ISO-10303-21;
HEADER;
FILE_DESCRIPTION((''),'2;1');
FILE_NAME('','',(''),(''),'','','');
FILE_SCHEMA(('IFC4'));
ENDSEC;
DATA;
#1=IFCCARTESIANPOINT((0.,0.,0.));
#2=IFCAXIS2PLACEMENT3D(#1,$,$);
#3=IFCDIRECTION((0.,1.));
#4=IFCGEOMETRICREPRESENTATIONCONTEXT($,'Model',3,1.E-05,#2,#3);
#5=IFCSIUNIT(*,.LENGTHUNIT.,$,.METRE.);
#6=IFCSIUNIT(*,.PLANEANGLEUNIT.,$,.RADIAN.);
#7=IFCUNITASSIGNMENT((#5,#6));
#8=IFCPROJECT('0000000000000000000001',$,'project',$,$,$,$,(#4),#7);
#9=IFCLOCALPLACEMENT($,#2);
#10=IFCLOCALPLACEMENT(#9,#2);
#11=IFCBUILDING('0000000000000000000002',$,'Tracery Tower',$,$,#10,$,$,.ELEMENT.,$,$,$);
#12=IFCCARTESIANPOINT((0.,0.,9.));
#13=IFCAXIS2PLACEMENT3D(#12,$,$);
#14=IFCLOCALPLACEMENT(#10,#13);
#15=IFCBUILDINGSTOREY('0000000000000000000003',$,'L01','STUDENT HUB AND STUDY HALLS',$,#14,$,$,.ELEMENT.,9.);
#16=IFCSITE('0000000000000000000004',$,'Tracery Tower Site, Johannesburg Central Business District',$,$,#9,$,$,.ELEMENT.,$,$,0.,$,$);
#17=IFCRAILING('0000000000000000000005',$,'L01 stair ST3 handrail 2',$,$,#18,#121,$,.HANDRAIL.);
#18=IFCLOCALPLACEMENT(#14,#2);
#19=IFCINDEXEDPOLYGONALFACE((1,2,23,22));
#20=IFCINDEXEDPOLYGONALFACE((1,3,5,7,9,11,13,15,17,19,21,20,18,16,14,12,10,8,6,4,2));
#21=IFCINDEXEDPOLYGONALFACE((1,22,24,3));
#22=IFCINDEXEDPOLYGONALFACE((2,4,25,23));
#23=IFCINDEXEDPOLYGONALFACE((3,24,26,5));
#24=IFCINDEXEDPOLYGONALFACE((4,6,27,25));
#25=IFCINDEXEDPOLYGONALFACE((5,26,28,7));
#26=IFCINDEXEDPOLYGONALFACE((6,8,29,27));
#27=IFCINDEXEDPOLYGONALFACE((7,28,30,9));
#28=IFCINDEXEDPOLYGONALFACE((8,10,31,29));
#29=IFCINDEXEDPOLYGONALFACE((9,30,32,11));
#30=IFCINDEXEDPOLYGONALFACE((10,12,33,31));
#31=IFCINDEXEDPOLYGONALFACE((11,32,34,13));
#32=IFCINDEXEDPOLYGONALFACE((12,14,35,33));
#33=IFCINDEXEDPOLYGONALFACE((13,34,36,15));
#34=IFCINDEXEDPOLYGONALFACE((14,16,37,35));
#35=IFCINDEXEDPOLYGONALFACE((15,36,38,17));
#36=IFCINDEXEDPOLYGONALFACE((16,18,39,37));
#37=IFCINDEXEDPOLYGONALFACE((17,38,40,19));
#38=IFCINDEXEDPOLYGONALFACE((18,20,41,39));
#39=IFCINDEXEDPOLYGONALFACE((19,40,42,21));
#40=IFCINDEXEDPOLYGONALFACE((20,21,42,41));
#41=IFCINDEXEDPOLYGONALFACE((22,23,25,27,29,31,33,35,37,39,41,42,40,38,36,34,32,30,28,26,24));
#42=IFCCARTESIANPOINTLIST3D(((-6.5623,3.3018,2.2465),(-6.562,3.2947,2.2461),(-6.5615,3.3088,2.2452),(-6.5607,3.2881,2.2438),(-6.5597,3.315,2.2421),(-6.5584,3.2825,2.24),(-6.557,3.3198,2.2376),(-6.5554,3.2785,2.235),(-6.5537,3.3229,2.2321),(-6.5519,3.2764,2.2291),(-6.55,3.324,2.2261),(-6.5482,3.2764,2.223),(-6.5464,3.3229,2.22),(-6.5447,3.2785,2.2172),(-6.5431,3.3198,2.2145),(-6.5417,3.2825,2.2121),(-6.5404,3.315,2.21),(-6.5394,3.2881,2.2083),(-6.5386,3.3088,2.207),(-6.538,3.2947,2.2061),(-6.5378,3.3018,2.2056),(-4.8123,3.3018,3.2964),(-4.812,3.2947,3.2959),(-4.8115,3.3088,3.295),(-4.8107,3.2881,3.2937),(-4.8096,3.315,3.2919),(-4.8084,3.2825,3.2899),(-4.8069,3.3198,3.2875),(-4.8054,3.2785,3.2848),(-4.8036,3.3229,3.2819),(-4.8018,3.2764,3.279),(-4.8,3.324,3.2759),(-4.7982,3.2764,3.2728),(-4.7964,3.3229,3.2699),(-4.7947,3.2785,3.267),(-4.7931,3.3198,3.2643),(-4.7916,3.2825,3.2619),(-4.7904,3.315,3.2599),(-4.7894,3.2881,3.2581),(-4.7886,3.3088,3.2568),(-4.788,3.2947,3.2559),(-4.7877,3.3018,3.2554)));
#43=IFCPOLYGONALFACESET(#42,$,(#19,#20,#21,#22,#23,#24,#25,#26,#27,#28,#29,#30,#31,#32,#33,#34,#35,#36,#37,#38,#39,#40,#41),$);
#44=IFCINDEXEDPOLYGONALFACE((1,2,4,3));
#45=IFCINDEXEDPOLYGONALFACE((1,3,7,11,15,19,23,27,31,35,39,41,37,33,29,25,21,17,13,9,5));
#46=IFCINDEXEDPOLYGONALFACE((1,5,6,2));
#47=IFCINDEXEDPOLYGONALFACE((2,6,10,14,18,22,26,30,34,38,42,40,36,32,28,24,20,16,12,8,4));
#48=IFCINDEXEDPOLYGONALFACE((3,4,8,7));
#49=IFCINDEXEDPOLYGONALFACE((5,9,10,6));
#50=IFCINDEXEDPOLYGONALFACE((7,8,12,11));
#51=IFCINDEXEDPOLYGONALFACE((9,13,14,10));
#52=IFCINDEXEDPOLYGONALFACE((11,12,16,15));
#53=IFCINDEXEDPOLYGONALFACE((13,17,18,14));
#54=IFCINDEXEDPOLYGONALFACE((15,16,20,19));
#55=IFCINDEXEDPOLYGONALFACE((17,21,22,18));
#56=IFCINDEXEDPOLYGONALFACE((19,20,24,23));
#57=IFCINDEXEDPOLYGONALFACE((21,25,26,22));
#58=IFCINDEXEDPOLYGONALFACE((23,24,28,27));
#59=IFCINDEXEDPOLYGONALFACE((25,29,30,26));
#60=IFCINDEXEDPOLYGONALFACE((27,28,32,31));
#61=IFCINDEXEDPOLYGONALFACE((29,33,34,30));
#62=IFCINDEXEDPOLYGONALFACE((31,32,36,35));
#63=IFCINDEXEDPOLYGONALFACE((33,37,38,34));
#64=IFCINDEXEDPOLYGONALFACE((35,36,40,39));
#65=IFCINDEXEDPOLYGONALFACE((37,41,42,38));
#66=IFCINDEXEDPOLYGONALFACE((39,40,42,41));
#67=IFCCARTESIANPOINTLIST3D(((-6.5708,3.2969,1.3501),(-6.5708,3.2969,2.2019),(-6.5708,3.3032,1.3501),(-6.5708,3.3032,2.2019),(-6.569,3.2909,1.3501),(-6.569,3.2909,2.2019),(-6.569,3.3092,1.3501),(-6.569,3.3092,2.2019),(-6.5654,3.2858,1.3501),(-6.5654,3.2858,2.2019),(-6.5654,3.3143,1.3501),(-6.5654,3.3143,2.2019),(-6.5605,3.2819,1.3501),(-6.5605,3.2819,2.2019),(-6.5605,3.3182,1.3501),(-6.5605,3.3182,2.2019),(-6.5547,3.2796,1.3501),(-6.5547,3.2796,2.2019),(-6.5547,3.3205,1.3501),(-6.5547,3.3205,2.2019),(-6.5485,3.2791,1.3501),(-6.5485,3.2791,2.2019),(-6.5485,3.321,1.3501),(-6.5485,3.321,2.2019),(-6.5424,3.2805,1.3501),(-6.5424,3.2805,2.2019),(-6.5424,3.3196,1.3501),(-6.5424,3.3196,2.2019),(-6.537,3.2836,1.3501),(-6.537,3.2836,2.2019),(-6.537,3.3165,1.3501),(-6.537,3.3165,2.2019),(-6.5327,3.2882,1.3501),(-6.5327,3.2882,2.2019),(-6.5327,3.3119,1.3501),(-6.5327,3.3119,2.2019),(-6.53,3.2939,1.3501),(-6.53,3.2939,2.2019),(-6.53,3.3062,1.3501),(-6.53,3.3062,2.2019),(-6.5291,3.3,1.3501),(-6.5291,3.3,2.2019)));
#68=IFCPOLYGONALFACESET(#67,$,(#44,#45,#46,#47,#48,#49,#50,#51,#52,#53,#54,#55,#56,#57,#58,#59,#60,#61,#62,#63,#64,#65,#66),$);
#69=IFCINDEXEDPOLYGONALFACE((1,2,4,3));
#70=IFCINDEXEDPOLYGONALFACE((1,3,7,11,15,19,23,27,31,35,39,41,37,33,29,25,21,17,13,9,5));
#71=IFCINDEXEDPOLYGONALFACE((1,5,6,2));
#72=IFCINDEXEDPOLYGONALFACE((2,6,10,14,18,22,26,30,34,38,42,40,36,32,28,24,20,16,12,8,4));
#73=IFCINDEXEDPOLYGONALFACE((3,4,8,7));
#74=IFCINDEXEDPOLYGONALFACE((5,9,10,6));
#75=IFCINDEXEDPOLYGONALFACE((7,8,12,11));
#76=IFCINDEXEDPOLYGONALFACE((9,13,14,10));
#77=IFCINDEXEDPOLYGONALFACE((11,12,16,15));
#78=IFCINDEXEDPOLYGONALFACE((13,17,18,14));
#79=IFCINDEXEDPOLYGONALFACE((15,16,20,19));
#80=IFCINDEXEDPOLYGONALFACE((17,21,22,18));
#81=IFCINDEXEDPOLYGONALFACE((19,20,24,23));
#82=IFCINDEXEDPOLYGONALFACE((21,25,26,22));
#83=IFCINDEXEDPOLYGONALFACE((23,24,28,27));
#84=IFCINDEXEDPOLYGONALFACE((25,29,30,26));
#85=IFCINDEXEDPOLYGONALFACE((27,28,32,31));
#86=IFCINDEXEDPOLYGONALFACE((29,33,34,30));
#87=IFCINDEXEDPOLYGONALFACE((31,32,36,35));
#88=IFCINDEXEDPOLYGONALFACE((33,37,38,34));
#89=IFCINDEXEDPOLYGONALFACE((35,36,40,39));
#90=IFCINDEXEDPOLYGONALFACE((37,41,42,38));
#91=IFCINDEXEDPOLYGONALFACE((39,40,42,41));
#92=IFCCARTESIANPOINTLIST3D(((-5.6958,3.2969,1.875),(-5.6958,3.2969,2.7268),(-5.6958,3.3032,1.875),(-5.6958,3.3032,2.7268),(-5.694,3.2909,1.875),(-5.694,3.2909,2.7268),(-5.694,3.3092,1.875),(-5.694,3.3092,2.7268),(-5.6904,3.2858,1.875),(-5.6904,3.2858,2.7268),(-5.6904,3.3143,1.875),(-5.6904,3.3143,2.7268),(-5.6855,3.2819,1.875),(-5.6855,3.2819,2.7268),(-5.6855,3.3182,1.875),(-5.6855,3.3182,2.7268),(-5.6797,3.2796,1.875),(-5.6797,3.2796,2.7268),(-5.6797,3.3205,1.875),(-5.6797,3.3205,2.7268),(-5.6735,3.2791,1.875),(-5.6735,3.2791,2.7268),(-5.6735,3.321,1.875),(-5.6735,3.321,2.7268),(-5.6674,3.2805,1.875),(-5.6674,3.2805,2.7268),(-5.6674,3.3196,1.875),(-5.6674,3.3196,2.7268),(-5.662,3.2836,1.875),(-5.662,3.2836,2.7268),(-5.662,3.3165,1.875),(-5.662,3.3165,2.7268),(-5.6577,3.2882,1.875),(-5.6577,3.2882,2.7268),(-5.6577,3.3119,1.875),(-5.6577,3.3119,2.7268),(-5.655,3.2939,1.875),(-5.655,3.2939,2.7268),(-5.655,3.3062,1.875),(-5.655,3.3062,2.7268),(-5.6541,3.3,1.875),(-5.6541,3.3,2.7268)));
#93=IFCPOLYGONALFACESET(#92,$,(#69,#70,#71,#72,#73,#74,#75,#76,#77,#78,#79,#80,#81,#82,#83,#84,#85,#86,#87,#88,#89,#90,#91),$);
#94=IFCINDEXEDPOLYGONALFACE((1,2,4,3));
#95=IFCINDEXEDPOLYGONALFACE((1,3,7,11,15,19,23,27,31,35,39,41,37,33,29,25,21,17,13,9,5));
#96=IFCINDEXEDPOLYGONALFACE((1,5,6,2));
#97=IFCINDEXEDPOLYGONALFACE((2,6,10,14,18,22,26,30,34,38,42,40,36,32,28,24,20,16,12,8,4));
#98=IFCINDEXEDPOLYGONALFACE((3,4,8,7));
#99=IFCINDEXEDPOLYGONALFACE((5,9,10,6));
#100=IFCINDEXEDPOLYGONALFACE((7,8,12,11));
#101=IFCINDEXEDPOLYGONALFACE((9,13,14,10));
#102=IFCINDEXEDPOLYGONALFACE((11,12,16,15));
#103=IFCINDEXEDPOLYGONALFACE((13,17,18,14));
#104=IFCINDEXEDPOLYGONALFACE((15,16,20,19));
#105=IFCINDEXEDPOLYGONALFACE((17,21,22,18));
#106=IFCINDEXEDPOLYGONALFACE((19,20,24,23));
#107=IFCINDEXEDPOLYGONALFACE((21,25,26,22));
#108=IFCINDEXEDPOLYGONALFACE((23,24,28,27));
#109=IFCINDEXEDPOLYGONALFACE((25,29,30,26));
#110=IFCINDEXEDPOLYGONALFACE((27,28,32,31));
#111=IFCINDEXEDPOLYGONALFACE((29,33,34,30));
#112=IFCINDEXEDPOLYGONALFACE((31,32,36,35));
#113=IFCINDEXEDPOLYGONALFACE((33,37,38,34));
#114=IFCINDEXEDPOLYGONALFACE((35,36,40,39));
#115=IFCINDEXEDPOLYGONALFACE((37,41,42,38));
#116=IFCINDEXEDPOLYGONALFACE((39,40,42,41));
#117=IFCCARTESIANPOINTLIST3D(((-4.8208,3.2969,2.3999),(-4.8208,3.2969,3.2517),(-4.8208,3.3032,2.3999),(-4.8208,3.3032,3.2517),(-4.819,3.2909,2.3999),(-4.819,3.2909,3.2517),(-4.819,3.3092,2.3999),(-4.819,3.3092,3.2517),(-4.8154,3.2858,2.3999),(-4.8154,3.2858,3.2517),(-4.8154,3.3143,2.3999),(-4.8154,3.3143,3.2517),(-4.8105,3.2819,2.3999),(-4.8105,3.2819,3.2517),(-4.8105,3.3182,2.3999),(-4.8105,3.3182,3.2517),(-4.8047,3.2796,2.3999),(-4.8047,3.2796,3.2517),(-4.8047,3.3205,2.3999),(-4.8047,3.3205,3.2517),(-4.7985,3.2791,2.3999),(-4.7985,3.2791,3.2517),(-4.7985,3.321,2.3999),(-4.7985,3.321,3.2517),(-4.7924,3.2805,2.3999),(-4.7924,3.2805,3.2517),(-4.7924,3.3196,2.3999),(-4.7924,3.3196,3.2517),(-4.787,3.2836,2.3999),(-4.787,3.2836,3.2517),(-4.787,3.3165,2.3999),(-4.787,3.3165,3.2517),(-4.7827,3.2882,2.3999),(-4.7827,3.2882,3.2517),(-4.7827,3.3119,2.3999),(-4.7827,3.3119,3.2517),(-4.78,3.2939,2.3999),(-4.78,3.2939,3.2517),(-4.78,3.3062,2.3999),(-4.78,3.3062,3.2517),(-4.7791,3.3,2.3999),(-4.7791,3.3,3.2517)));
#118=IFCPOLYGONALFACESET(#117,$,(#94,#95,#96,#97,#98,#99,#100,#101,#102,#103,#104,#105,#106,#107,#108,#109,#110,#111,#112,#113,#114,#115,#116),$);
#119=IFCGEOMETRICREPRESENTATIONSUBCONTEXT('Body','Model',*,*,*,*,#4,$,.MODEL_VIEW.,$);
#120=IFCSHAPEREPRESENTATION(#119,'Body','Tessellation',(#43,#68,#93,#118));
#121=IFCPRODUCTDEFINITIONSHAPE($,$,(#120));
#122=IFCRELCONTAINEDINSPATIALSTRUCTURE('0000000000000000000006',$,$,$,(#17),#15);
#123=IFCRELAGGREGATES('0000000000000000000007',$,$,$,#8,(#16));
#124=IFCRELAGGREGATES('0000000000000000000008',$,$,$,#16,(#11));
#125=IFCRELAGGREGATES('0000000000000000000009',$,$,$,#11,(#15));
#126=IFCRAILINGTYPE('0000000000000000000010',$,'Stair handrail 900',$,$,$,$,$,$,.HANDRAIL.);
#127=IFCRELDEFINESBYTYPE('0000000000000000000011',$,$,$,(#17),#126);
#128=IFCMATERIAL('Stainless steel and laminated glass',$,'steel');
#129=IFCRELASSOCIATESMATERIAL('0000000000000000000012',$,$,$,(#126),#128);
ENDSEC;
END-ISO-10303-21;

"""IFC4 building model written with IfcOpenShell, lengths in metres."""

from ifc_helpers import new_model, si_unit, direction, frame, origin, origin_2d, place, context, subcontext, project, spatial, circle, extrude, material, type_object, element, save


model = new_model("IFC4")

# Units and contexts
model_context = context("Model", 3, precision=1e-05, world=origin(), true_north=direction((0.0, 1.0)))
body_context = subcontext(model_context, "Body", "Model", "MODEL_VIEW")
ifc_project = project(units=[si_unit("LENGTHUNIT", "METRE"), si_unit("PLANEANGLEUNIT", "RADIAN")], contexts=[model_context])

# Site, building, storey
site_placement = place(None, origin())
site = spatial("IfcSite", under=ifc_project, at=site_placement, Name="Tracery Tower Site, Johannesburg Central Business District", CompositionType="ELEMENT", RefElevation=0.0)
building_placement = place(site_placement, origin())
building = spatial("IfcBuilding", under=site, at=building_placement, Name="Tracery Tower", CompositionType="ELEMENT")
storey_placement = place(building_placement, frame((0.0, 0.0, 9.0)))
storey = spatial("IfcBuildingStorey", under=building, at=storey_placement, Name="L01", Description="STUDENT HUB AND STUDY HALLS", CompositionType="ELEMENT", Elevation=9.0)

# Railing
ifc_material_1 = material(Name="Stainless steel and laminated glass", Category="steel")
railing_type_1 = type_object("IfcRailingType", Name="Stair handrail 900", PredefinedType="HANDRAIL", material=ifc_material_1)
railing_1_placement = place(storey_placement, frame((-6.55, 3.3, 1.3501)))
element("IfcRailing", 1, at=railing_1_placement, inside=storey, type_object=railing_type_1, Name="L01 stair ST3 handrail 2", PredefinedType="HANDRAIL", context=body_context, shape_type="SweptSolid", body=[
    extrude(circle(Radius=0.0239, at=origin_2d()), frame((0.0, 0.0, 0.876), z_axis=(0.857535, 0.0, 0.514425), x_axis=(0.0, 1.0, 0.0)), (0.0, 0.0, 1.0), 2.0408),
    extrude(circle(Radius=0.021, at=origin_2d()), origin(), (0.0, 0.0, 1.0), 0.8518),
    extrude(circle(Radius=0.021, at=origin_2d()), frame((0.875, 0.0, 0.5249)), (0.0, 0.0, 1.0), 0.8518),
    extrude(circle(Radius=0.021, at=origin_2d()), frame((1.75, 0.0, 1.0498)), (0.0, 0.0, 1.0), 0.8518),
])

save(model, "model.ifc")
